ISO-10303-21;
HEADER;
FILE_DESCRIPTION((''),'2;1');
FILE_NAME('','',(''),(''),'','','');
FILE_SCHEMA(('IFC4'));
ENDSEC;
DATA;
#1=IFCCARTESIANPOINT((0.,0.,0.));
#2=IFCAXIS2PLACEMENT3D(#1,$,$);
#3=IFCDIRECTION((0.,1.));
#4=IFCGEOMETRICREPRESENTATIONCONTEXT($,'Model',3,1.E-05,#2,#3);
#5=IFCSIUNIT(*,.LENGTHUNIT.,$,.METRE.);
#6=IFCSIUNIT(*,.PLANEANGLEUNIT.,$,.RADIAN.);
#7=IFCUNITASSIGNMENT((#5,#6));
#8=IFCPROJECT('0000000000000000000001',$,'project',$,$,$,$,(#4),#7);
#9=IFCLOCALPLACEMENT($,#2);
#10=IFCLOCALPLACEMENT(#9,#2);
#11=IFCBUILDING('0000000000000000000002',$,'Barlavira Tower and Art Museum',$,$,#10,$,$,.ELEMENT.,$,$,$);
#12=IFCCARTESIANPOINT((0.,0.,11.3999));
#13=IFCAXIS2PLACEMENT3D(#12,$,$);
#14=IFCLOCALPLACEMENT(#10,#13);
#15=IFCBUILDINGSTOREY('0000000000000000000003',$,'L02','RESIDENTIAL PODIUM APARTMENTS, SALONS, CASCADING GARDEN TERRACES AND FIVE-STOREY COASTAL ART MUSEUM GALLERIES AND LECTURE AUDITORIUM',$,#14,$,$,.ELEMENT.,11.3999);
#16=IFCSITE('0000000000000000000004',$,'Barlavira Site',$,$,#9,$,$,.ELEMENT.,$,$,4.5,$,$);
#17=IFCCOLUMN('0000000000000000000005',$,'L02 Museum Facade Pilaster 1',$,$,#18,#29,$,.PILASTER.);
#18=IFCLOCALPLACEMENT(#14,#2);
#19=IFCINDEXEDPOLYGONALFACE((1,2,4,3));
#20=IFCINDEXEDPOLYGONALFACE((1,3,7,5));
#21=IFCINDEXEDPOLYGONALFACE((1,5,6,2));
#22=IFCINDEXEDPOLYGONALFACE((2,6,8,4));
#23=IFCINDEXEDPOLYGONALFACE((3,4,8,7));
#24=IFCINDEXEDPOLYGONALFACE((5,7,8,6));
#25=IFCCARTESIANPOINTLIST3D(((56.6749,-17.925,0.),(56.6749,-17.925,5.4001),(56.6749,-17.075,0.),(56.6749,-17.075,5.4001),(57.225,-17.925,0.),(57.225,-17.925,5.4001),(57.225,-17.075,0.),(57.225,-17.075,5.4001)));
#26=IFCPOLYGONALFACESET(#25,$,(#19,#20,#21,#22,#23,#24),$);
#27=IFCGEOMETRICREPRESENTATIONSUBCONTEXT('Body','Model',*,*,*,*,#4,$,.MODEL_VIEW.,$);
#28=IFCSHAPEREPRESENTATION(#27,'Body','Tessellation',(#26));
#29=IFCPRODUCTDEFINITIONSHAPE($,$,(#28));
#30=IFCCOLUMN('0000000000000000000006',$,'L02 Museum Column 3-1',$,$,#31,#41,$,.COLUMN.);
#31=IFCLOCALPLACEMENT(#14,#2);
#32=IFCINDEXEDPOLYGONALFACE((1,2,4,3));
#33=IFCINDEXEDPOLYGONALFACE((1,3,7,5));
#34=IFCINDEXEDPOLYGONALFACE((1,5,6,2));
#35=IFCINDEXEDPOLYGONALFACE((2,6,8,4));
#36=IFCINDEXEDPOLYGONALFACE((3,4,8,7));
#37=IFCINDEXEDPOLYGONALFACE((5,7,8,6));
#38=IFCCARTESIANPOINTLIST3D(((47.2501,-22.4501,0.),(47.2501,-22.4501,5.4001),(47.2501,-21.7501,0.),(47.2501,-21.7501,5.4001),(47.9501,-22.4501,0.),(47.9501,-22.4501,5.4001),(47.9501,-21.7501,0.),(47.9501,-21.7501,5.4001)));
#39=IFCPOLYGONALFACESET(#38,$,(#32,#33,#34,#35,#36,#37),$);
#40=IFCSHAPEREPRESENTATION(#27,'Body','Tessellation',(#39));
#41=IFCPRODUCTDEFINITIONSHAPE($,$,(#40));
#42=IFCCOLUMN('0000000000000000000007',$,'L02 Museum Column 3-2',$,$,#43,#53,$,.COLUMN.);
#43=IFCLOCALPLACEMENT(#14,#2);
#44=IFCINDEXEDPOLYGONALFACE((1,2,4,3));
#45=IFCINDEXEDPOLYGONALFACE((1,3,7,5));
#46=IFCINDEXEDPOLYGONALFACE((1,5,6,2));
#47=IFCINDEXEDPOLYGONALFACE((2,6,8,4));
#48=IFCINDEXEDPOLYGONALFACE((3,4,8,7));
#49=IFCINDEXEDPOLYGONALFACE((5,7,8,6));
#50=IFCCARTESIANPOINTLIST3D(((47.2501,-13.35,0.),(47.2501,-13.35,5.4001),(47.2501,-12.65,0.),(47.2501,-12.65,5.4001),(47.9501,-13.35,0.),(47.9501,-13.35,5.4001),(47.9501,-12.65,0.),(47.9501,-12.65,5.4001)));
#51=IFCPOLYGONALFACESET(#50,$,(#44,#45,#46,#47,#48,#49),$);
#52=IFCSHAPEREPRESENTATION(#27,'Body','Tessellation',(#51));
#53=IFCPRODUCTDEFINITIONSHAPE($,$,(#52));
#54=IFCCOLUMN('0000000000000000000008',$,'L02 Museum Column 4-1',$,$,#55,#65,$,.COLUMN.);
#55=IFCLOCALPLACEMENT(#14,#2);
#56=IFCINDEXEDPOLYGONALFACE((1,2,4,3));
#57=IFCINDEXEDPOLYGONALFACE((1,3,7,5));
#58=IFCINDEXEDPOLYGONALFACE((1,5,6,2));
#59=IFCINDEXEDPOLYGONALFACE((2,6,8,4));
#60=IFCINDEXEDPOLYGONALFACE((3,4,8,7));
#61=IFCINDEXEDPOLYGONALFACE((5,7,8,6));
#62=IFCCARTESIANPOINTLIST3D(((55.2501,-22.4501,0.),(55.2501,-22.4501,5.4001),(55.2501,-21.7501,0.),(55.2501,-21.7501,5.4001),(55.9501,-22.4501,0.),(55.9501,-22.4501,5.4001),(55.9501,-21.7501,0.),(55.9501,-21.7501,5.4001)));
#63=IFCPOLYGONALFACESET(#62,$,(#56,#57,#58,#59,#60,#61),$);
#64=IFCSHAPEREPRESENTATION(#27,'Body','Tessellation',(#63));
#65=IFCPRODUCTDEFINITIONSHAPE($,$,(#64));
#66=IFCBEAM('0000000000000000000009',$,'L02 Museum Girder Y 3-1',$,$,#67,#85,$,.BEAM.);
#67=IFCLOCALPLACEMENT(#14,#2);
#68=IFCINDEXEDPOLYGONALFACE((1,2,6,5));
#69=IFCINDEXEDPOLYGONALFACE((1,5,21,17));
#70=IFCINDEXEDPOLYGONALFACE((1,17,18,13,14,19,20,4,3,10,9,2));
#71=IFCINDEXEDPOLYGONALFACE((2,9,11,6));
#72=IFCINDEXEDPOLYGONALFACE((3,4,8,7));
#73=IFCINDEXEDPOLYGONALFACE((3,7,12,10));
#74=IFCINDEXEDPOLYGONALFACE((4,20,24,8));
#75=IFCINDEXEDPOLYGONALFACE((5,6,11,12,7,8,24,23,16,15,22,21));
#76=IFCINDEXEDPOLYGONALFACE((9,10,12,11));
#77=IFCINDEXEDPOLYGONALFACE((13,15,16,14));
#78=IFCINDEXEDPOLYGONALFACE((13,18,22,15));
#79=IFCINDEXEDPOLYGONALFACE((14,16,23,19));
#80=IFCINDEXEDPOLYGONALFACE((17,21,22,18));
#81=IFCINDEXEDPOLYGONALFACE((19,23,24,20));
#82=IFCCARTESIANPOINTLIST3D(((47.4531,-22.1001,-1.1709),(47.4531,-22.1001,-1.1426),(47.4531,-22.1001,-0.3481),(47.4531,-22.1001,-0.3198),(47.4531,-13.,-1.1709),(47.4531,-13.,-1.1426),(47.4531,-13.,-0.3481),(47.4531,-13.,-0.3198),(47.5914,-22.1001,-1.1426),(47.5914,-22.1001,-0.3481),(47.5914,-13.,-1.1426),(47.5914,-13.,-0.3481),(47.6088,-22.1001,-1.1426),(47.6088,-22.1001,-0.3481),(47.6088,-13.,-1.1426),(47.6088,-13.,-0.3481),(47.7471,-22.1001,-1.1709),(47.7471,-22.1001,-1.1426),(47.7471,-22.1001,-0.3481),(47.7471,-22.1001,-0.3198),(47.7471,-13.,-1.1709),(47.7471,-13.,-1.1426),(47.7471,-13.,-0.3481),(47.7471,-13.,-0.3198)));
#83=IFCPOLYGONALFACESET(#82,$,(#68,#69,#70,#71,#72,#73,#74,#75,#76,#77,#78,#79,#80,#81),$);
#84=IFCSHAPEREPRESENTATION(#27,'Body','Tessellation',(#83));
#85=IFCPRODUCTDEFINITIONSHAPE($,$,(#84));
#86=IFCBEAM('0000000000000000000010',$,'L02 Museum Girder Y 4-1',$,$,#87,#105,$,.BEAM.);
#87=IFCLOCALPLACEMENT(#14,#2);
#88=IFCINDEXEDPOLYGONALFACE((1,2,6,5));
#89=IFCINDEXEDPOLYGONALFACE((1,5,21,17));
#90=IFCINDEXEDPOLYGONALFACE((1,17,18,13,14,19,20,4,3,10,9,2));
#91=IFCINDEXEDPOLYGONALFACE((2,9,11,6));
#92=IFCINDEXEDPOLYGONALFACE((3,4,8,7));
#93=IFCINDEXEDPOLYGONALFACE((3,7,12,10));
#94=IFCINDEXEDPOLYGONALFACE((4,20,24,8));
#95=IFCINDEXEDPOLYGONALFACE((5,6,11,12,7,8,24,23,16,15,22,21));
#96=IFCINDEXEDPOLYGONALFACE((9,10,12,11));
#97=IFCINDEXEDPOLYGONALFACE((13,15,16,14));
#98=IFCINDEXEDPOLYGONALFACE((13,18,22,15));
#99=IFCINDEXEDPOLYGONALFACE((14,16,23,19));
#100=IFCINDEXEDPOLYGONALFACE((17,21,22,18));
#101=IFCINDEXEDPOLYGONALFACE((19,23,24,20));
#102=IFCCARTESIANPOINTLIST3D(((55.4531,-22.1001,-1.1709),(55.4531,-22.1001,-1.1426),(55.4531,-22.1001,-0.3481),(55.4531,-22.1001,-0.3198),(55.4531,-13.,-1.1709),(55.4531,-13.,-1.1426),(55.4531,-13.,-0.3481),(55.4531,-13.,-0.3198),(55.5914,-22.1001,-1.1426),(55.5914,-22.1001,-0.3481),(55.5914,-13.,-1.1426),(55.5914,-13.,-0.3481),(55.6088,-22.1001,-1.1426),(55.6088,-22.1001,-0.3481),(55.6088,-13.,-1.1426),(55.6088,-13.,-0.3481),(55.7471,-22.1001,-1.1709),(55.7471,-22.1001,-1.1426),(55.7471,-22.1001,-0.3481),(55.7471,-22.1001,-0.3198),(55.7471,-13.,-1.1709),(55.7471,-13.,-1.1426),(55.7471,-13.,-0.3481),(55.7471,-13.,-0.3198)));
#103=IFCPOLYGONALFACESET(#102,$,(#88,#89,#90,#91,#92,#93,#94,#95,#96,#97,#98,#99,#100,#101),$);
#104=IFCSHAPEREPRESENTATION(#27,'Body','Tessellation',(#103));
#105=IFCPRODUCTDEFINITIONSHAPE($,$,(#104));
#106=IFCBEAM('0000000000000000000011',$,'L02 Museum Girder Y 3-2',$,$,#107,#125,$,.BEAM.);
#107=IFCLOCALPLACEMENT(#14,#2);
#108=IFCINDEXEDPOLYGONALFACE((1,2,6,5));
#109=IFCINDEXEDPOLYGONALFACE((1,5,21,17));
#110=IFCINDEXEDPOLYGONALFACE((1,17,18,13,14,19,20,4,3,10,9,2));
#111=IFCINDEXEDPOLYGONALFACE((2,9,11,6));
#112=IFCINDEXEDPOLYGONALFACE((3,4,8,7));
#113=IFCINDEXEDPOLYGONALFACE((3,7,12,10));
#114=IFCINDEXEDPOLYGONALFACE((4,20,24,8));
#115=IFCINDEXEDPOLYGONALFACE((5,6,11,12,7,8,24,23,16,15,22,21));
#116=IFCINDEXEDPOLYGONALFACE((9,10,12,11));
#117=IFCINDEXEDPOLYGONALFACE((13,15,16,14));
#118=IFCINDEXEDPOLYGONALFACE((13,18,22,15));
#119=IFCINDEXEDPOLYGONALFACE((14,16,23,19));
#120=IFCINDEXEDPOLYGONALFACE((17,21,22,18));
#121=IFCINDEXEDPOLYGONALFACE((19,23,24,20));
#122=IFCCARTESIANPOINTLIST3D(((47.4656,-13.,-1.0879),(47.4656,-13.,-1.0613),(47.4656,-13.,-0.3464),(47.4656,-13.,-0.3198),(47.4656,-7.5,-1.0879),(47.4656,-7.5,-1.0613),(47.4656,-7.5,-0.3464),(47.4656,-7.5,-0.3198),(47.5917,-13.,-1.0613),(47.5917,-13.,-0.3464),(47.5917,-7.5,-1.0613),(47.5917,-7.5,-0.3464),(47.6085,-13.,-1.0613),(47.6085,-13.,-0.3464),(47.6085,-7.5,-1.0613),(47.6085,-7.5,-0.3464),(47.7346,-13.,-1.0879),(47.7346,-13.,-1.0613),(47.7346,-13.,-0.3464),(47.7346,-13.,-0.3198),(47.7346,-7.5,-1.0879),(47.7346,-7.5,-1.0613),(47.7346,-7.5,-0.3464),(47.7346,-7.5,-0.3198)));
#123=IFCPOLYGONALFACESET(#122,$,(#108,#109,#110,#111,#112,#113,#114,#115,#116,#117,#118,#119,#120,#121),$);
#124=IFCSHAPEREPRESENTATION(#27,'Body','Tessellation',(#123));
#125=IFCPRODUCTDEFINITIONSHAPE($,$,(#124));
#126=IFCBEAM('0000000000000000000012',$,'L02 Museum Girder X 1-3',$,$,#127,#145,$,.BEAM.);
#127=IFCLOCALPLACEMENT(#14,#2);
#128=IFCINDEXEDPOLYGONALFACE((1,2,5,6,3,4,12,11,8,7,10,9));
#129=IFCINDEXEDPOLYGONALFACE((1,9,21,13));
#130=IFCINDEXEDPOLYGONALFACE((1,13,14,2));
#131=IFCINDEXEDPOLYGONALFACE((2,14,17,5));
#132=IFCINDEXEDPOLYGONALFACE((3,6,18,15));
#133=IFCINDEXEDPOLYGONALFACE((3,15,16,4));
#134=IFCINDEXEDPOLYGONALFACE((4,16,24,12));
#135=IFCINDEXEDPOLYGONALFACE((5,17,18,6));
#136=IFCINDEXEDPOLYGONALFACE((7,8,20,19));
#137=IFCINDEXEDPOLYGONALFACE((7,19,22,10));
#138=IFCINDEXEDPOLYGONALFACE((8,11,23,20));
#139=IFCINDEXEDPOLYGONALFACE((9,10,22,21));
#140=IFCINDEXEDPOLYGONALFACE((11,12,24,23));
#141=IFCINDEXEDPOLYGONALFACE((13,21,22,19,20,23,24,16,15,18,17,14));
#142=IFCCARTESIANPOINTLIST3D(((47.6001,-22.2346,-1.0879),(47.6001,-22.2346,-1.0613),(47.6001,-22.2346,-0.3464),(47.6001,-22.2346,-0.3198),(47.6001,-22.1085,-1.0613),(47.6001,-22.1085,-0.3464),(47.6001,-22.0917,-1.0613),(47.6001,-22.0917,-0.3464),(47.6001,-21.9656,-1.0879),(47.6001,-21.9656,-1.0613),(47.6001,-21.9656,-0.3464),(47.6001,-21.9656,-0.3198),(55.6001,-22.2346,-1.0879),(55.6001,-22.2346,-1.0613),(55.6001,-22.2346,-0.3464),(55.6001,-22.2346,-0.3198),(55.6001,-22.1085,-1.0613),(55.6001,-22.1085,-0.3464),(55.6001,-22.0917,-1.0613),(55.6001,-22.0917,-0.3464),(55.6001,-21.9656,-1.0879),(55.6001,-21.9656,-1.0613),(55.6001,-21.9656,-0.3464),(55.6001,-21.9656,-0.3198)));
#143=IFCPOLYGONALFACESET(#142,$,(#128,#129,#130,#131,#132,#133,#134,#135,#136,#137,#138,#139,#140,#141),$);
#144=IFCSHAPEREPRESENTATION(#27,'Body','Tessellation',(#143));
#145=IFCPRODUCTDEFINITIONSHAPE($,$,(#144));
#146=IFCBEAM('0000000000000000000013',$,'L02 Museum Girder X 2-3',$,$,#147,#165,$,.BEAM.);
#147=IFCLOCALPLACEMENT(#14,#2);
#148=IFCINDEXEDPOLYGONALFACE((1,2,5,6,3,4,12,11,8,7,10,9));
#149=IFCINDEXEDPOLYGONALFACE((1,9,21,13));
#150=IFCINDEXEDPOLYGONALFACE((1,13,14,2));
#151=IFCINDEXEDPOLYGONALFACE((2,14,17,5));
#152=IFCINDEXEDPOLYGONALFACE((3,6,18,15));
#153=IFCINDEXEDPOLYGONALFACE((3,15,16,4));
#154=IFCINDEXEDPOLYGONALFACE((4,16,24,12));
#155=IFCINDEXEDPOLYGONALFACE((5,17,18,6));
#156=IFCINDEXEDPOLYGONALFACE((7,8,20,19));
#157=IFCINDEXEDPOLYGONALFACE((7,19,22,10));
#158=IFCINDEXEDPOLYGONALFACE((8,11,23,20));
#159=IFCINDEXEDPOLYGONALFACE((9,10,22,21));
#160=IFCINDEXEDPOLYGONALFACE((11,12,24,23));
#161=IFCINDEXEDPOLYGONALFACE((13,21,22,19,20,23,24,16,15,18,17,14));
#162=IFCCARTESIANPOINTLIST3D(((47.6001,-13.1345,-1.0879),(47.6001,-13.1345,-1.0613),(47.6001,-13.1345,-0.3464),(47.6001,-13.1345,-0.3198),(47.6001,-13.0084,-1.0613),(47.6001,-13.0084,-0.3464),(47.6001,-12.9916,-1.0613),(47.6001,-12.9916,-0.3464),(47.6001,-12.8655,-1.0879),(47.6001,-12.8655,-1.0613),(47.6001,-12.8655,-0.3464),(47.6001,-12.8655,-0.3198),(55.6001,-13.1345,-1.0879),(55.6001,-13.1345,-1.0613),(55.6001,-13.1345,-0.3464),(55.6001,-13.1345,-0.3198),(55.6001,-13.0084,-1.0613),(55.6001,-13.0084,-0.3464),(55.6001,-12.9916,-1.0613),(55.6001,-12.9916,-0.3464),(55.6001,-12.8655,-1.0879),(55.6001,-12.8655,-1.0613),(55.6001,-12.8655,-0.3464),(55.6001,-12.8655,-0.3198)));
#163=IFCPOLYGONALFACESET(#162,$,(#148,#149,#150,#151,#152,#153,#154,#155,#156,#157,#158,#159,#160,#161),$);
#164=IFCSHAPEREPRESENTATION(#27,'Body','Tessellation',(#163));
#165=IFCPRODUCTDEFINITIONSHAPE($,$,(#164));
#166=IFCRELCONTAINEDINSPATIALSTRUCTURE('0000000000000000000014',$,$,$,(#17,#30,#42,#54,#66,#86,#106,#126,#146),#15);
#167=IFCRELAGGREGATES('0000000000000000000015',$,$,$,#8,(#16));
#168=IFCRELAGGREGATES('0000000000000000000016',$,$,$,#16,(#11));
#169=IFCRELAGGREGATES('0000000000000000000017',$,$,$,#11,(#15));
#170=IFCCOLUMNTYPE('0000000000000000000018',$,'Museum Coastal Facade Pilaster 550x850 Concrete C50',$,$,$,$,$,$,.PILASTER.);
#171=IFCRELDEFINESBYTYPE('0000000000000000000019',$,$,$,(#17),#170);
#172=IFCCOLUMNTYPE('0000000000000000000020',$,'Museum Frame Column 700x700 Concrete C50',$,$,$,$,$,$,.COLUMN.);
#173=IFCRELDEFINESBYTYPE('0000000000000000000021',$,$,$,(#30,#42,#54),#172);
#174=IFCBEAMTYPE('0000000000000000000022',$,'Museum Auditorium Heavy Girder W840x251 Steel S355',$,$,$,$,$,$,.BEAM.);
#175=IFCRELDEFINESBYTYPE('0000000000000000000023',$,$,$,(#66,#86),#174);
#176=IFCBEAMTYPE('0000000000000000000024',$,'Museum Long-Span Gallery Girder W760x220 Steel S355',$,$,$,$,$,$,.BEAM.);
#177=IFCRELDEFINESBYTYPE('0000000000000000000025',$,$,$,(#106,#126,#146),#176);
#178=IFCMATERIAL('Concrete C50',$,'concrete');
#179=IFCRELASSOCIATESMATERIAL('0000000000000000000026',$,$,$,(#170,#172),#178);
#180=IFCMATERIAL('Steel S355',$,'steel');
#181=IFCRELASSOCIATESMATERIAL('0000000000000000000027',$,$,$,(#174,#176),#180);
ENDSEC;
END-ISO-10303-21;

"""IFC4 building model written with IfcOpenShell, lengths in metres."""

from ifc_helpers import new_model, si_unit, direction, frame, origin, origin_2d, place, context, subcontext, project, spatial, rectangle, i_section, extrude, material, material_profile, profile_set, type_object, element, save


model = new_model("IFC4")

# Units and contexts
model_context = context("Model", 3, precision=1e-05, world=origin(), true_north=direction((0.0, 1.0)))
body_context = subcontext(model_context, "Body", "Model", "MODEL_VIEW")
ifc_project = project(units=[si_unit("LENGTHUNIT", "METRE"), si_unit("PLANEANGLEUNIT", "RADIAN")], contexts=[model_context])

# Site, building, storey
site_placement = place(None, origin())
site = spatial("IfcSite", under=ifc_project, at=site_placement, Name="Barlavira Site", CompositionType="ELEMENT", RefElevation=4.5)
building_placement = place(site_placement, origin())
building = spatial("IfcBuilding", under=site, at=building_placement, Name="Barlavira Tower and Art Museum", CompositionType="ELEMENT")
storey_placement = place(building_placement, frame((0.0, 0.0, 11.3999)))
storey = spatial("IfcBuildingStorey", under=building, at=storey_placement, Name="L02", Description="RESIDENTIAL PODIUM APARTMENTS, SALONS, CASCADING GARDEN TERRACES AND FIVE-STOREY COASTAL ART MUSEUM GALLERIES AND LECTURE AUDITORIUM", CompositionType="ELEMENT", Elevation=11.3999)

# Columns
ifc_material_1 = material(Name="Concrete C50", Category="concrete")
ifc_material_profile_1 = material_profile(ifc_material_1, rectangle(XDim=0.55, YDim=0.8501, at=origin_2d()), Name="RC-PIL 550x850")
ifc_profile_set_1 = profile_set([ifc_material_profile_1], Name="Concrete C50")
column_type_1 = type_object("IfcColumnType", Name="Museum Coastal Facade Pilaster 550x850 Concrete C50", PredefinedType="PILASTER", material=ifc_profile_set_1)
column_placement = place(storey_placement, frame((56.95, -17.5, 0.0), z_axis=(0.0, 0.0, 1.0), x_axis=(1.0, 0.0, 0.0)))
element("IfcColumn", 1, at=column_placement, inside=storey, type_object=column_type_1, Name="L02 Museum Facade Pilaster 1", PredefinedType="PILASTER", context=body_context, shape_type="SweptSolid", body=[
    extrude(rectangle(XDim=0.55, YDim=0.8501, at=origin_2d()), origin(), (0.0, 0.0, 1.0), 5.4001),
])
ifc_material_profile_2 = material_profile(ifc_material_1, rectangle(XDim=0.7, YDim=0.7, at=origin_2d()), Name="RC-COL 700x700")
ifc_profile_set_2 = profile_set([ifc_material_profile_2], Name="Concrete C50")
column_type_2 = type_object("IfcColumnType", Name="Museum Frame Column 700x700 Concrete C50", PredefinedType="COLUMN", material=ifc_profile_set_2)
for number, where, z_axis, x_axis, name in (
    (2, (47.6001, -22.1001, 0.0), (0.0, 0.0, 1.0), (1.0, 0.0, 0.0), "L02 Museum Column 3-1"),
    (3, (47.6001, -13.0, 0.0), (0.0, 0.0, 1.0), (1.0, 0.0, 0.0), "L02 Museum Column 3-2"),
    (4, (55.6001, -22.1001, 0.0), (0.0, 0.0, 1.0), (1.0, 0.0, 0.0), "L02 Museum Column 4-1"),
):
    element("IfcColumn", number, at=place(storey_placement, frame(where, z_axis=z_axis, x_axis=x_axis)), inside=storey, type_object=column_type_2, Name=name, PredefinedType="COLUMN", context=body_context, shape_type="SweptSolid", body=[
        extrude(rectangle(XDim=0.7, YDim=0.7, at=origin_2d()), origin(), (0.0, 0.0, 1.0), 5.4001),
    ])

# Beams
ifc_material_2 = material(Name="Steel S355", Category="steel")
ifc_material_profile_3 = material_profile(ifc_material_2, i_section(OverallWidth=0.2939, OverallDepth=0.8511, WebThickness=0.0173, FlangeThickness=0.0283, at=origin_2d()), Name="W840x251.0")
ifc_profile_set_3 = profile_set([ifc_material_profile_3], Name="Steel S355")
beam_type_1 = type_object("IfcBeamType", Name="Museum Auditorium Heavy Girder W840x251 Steel S355", PredefinedType="BEAM", material=ifc_profile_set_3)
for number, where, z_axis, x_axis, name in (
    (5, (47.6001, -22.1001, -0.7454), (0.0, 1.0, 0.0), (-1.0, 0.0, 0.0), "L02 Museum Girder Y 3-1"),
    (6, (55.6001, -22.1001, -0.7454), (0.0, 1.0, 0.0), (-1.0, 0.0, 0.0), "L02 Museum Girder Y 4-1"),
):
    element("IfcBeam", number, at=place(storey_placement, frame(where, z_axis=z_axis, x_axis=x_axis)), inside=storey, type_object=beam_type_1, Name=name, PredefinedType="BEAM", context=body_context, shape_type="SweptSolid", body=[
        extrude(i_section(OverallWidth=0.2939, OverallDepth=0.8511, WebThickness=0.0173, FlangeThickness=0.0283, at=origin_2d()), origin(), (0.0, 0.0, 1.0), 9.1001),
    ])
ifc_material_profile_4 = material_profile(ifc_material_2, i_section(OverallWidth=0.269, OverallDepth=0.7681, WebThickness=0.0168, FlangeThickness=0.0266, at=origin_2d()), Name="W760x220.0")
ifc_profile_set_4 = profile_set([ifc_material_profile_4], Name="Steel S355")
beam_type_2 = type_object("IfcBeamType", Name="Museum Long-Span Gallery Girder W760x220 Steel S355", PredefinedType="BEAM", material=ifc_profile_set_4)
beam_placement = place(storey_placement, frame((47.6001, -13.0, -0.7039), z_axis=(0.0, 1.0, 0.0), x_axis=(-1.0, 0.0, 0.0)))
element("IfcBeam", 7, at=beam_placement, inside=storey, type_object=beam_type_2, Name="L02 Museum Girder Y 3-2", PredefinedType="BEAM", context=body_context, shape_type="SweptSolid", body=[
    extrude(i_section(OverallWidth=0.269, OverallDepth=0.7681, WebThickness=0.0168, FlangeThickness=0.0266, at=origin_2d()), origin(), (0.0, 0.0, 1.0), 5.5),
])
for number, where, z_axis, x_axis, name in (
    (8, (47.6001, -22.1001, -0.7039), (1.0, 0.0, 0.0), (0.0, 1.0, 0.0), "L02 Museum Girder X 1-3"),
    (9, (47.6001, -13.0, -0.7039), (1.0, 0.0, 0.0), (0.0, 1.0, 0.0), "L02 Museum Girder X 2-3"),
):
    element("IfcBeam", number, at=place(storey_placement, frame(where, z_axis=z_axis, x_axis=x_axis)), inside=storey, type_object=beam_type_2, Name=name, PredefinedType="BEAM", context=body_context, shape_type="SweptSolid", body=[
        extrude(i_section(OverallWidth=0.269, OverallDepth=0.7681, WebThickness=0.0168, FlangeThickness=0.0266, at=origin_2d()), origin(), (0.0, 0.0, 1.0), 8.0),
    ])

save(model, "model.ifc")
